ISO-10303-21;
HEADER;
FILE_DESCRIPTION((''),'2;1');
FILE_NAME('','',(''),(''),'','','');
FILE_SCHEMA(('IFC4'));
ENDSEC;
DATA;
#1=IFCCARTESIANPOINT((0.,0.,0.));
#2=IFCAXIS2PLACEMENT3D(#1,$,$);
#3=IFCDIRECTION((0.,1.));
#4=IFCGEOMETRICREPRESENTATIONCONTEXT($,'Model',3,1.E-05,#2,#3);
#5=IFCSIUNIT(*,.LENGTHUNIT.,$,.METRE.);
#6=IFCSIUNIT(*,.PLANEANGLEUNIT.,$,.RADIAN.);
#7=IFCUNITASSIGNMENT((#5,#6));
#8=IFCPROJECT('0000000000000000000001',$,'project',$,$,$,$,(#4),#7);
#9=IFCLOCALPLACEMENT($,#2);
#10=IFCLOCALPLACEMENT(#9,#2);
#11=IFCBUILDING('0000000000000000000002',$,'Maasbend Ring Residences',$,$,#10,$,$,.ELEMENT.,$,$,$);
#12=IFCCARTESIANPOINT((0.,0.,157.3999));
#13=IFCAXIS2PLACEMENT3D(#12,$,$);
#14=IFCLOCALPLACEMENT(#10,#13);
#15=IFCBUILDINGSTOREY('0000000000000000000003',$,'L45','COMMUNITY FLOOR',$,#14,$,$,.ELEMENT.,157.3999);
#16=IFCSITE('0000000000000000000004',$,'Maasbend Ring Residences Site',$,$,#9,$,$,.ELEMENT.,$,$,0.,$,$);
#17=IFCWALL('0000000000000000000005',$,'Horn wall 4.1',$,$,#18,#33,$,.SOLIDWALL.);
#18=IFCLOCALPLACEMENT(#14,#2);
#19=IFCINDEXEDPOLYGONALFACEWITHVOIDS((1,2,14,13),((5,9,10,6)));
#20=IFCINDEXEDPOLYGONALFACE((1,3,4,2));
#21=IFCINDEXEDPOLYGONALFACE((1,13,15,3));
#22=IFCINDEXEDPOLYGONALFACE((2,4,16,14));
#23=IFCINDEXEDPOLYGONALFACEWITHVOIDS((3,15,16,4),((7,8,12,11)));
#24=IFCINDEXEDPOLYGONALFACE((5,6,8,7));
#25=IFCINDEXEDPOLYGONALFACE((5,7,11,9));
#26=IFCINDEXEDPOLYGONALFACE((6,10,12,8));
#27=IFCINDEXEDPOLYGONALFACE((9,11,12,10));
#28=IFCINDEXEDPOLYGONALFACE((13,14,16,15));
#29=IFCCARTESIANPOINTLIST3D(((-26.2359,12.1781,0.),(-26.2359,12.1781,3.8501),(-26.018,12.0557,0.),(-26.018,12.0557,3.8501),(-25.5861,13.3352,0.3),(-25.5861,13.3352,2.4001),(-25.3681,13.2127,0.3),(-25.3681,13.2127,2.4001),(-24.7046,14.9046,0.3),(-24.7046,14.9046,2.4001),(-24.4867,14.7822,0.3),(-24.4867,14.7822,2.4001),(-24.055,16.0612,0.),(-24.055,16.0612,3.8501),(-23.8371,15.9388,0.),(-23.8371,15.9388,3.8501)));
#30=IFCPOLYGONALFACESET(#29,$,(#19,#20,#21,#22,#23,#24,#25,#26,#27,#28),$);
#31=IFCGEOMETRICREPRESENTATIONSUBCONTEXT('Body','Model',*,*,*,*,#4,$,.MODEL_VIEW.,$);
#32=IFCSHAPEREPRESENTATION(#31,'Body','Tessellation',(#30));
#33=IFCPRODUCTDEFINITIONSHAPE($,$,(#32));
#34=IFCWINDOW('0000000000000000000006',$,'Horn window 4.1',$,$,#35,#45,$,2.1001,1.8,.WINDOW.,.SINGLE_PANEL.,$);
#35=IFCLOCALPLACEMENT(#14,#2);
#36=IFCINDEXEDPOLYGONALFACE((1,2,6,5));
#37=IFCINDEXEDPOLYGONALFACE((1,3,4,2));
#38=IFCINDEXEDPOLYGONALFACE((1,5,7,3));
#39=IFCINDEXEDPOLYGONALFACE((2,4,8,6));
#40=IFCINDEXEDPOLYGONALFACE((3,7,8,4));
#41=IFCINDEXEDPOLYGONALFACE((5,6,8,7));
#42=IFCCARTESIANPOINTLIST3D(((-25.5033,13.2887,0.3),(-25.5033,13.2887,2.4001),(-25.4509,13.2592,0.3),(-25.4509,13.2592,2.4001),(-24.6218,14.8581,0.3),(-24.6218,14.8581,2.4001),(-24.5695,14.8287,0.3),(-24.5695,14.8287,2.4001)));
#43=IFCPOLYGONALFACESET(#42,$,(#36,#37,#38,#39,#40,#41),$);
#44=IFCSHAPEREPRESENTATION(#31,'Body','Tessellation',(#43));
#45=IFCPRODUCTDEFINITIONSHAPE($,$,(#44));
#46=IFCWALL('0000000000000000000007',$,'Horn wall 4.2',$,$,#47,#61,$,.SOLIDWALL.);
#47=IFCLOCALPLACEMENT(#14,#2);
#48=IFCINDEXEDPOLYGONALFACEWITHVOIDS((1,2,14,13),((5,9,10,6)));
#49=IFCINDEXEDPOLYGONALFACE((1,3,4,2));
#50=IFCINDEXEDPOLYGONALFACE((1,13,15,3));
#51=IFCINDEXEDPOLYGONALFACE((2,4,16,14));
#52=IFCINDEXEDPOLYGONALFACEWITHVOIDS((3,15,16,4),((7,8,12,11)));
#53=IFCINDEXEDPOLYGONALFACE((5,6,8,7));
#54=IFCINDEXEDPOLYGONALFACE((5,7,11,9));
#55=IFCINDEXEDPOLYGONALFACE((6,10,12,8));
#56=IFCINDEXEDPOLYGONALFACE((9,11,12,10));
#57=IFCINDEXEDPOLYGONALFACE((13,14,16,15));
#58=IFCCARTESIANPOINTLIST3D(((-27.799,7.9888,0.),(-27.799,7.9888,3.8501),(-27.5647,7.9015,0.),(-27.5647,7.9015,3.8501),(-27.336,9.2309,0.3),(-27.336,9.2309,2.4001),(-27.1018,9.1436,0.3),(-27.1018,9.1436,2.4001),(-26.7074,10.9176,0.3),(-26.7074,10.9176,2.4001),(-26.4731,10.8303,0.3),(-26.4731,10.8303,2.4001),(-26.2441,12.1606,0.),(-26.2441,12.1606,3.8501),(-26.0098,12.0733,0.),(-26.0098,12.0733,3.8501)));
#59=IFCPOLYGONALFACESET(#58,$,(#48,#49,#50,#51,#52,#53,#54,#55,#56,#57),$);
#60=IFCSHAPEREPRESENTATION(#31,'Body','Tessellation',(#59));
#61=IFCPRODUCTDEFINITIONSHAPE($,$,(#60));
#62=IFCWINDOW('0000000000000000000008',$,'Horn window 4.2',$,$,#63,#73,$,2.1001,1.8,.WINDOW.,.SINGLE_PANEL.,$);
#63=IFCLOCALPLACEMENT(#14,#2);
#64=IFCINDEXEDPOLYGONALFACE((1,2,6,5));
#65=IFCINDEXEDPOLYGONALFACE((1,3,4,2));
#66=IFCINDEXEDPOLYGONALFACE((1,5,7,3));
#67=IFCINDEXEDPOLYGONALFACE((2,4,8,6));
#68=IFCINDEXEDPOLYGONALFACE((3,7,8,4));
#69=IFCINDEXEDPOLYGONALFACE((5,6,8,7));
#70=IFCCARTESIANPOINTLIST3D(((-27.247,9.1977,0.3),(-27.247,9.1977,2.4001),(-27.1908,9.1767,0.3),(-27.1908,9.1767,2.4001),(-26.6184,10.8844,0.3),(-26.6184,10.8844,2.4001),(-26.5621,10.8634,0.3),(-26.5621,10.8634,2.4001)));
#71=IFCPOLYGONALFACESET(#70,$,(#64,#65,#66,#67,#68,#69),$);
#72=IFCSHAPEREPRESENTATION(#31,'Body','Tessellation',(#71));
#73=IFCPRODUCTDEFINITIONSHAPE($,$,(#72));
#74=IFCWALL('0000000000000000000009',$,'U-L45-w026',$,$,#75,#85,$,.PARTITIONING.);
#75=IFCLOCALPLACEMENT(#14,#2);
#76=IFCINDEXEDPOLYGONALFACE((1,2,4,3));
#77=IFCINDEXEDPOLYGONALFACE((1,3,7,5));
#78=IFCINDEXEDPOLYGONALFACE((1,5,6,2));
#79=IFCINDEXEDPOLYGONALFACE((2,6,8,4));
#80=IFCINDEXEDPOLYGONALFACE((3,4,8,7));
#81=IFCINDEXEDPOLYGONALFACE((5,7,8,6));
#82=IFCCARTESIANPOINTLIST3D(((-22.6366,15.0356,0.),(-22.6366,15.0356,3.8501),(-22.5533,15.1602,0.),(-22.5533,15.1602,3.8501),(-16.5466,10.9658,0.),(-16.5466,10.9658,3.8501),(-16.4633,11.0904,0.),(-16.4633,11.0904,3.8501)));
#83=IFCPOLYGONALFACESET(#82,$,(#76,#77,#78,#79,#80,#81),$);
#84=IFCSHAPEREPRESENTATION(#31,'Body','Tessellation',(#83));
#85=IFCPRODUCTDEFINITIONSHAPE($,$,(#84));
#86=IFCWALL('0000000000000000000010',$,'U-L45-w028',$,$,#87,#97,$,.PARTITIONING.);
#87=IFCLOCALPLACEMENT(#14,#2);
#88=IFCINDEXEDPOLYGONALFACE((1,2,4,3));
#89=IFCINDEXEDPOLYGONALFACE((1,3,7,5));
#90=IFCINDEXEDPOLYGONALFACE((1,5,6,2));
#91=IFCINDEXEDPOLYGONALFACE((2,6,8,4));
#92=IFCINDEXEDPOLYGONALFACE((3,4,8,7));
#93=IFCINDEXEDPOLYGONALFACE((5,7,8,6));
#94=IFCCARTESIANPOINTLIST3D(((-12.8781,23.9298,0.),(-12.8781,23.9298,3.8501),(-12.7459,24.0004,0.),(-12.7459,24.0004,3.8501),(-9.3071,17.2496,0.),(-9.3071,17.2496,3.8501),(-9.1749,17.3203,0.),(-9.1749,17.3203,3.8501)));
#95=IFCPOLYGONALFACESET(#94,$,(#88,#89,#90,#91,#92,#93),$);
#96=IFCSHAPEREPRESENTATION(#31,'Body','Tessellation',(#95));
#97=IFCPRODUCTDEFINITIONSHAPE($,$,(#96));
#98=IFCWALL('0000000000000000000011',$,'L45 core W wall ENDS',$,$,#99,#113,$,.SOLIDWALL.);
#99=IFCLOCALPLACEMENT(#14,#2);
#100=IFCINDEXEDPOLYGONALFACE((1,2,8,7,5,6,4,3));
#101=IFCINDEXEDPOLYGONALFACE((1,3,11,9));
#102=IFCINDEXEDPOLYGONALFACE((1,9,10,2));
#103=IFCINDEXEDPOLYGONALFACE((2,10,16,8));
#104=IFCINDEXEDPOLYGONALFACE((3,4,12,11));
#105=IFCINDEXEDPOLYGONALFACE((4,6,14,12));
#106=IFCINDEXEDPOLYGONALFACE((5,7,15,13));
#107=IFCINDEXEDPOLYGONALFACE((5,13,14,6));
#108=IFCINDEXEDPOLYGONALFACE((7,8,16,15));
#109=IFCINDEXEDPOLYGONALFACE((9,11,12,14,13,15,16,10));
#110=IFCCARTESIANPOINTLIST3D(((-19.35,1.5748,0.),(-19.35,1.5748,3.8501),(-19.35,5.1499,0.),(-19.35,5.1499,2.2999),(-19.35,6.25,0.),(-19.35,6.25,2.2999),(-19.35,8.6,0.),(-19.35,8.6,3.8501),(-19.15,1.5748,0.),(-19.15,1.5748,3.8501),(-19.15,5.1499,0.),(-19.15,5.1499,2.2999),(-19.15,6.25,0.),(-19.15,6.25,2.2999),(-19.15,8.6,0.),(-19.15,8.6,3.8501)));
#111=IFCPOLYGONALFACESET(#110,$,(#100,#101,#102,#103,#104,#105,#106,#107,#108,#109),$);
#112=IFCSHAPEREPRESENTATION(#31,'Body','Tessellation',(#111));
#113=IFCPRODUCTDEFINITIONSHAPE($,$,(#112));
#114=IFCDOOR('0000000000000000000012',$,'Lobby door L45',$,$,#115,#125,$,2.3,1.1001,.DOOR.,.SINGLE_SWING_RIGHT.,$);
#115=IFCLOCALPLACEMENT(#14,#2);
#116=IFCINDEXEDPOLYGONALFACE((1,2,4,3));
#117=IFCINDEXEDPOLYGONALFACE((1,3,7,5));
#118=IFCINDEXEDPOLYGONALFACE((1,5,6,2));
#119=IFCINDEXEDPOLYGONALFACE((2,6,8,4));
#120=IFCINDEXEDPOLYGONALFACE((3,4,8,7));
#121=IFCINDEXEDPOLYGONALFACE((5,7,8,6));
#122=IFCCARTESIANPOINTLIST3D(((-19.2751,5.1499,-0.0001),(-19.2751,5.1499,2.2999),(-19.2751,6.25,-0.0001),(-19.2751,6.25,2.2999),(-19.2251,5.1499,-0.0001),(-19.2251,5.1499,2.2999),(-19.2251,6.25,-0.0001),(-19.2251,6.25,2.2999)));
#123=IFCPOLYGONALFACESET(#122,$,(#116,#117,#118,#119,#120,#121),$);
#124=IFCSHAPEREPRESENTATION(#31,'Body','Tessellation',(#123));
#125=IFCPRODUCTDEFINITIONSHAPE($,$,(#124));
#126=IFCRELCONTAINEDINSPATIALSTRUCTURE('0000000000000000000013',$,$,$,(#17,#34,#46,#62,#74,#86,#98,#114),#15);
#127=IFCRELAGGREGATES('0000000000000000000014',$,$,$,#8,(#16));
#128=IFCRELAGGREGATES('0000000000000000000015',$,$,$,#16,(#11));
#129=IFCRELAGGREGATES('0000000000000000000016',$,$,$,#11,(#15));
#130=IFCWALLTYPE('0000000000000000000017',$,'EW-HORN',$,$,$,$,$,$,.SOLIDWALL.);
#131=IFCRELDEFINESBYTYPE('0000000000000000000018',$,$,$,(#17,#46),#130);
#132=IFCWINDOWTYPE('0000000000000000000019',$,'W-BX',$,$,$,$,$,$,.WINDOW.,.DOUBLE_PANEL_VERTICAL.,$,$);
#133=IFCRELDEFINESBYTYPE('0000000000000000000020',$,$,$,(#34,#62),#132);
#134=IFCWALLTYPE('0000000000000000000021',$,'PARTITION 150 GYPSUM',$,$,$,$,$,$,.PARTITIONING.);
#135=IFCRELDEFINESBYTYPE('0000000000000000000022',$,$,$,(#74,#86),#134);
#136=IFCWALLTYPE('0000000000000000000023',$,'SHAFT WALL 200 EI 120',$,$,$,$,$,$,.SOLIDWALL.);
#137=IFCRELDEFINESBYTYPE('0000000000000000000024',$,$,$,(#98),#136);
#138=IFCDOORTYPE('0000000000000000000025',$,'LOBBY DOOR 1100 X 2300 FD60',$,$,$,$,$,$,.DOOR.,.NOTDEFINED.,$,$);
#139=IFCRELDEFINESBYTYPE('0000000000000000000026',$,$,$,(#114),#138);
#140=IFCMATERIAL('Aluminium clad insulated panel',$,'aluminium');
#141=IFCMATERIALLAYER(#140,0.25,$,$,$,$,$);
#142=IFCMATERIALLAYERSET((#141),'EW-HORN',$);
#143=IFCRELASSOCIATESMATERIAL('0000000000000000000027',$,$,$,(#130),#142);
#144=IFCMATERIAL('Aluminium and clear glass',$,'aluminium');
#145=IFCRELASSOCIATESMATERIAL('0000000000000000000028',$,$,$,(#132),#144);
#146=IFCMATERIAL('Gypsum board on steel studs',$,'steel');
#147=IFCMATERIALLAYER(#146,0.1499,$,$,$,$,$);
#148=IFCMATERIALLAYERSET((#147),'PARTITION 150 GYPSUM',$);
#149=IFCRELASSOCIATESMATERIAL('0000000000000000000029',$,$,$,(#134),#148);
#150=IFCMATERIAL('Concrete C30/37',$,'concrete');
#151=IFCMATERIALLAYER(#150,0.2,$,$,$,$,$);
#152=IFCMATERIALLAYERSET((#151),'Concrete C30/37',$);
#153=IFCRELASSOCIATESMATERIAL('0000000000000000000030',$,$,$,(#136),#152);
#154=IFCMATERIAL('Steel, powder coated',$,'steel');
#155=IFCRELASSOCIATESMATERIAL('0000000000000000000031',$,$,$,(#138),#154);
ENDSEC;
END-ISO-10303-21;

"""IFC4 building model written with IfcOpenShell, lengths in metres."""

from ifc_helpers import new_model, si_unit, direction, frame, frame_2d, origin, place, context, subcontext, project, spatial, rectangle, extrude, material, layer, layer_set, type_object, element, fill, save


model = new_model("IFC4")

# Units and contexts
model_context = context("Model", 3, precision=1e-05, world=origin(), true_north=direction((0.0, 1.0)))
body_context = subcontext(model_context, "Body", "Model", "MODEL_VIEW")
ifc_project = project(units=[si_unit("LENGTHUNIT", "METRE"), si_unit("PLANEANGLEUNIT", "RADIAN")], contexts=[model_context])

# Site, building, storey
site_placement = place(None, origin())
site = spatial("IfcSite", under=ifc_project, at=site_placement, Name="Maasbend Ring Residences Site", CompositionType="ELEMENT", RefElevation=0.0)
building_placement = place(site_placement, origin())
building = spatial("IfcBuilding", under=site, at=building_placement, Name="Maasbend Ring Residences", CompositionType="ELEMENT")
storey_placement = place(building_placement, frame((0.0, 0.0, 157.3999)))
storey = spatial("IfcBuildingStorey", under=building, at=storey_placement, Name="L45", Description="COMMUNITY FLOOR", CompositionType="ELEMENT", Elevation=157.3999)

# Walls, openings, windows
ifc_material_1 = material(Name="Aluminium clad insulated panel", Category="aluminium")
ifc_layer_1 = layer(ifc_material_1, 0.25)
ifc_layer_set_1 = layer_set([ifc_layer_1], Name="EW-HORN")
wall_type_1 = type_object("IfcWallType", Name="EW-HORN", PredefinedType="SOLIDWALL", material=ifc_layer_set_1)
wall_1_placement = place(storey_placement, frame((-23.946, 16.0, 0.0), z_axis=(0.0, 0.0, 1.0), x_axis=(-0.489696, -0.871893, 0.0)))
wall_1 = element("IfcWall", 1, at=wall_1_placement, inside=storey, type_object=wall_type_1, Name="Horn wall 4.1", PredefinedType="SOLIDWALL", context=body_context, shape_type="SweptSolid", body=[
    extrude(rectangle(XDim=4.4536, YDim=0.25, at=frame_2d((2.2268, 0.0))), origin(), (0.0, 0.0, 1.0), 3.8501),
])
opening_1_placement = place(wall_1_placement, frame((1.3267, 0.0, 0.3)))
opening_1 = element("IfcOpeningElement", 2, at=opening_1_placement, cuts=wall_1, PredefinedType="OPENING", context=body_context, shape_type="SweptSolid", body=[
    extrude(rectangle(XDim=1.8, YDim=2.1001, at=frame_2d((0.8999, 1.05))), frame((0.0, 0.135, 0.0), z_axis=(0.0, -1.0, 0.0), x_axis=(1.0, 0.0, 0.0)), (0.0, 0.0, 1.0), 0.27),
])
ifc_material_2 = material(Name="Aluminium and clear glass", Category="aluminium")
window_type = type_object("IfcWindowType", Name="W-BX", PartitioningType="DOUBLE_PANEL_VERTICAL", PredefinedType="WINDOW", material=ifc_material_2)
window_1_placement = place(opening_1_placement, origin())
window_1 = element("IfcWindow", 3, at=window_1_placement, inside=storey, type_object=window_type, Name="Horn window 4.1", OverallHeight=2.1001, OverallWidth=1.8, PartitioningType="SINGLE_PANEL", PredefinedType="WINDOW", context=body_context, shape_type="SweptSolid", body=[
    extrude(rectangle(XDim=1.8, YDim=2.1001, at=frame_2d((0.8999, 1.05))), frame((0.0, 0.03, 0.0), z_axis=(0.0, -1.0, 0.0), x_axis=(1.0, 0.0, 0.0)), (0.0, 0.0, 1.0), 0.0601),
])
fill(opening_1, window_1)
wall_2_placement = place(storey_placement, frame((-26.127, 12.1169, 0.0), z_axis=(0.0, 0.0, 1.0), x_axis=(-0.349248, -0.93703, 0.0)))
wall_2 = element("IfcWall", 4, at=wall_2_placement, inside=storey, type_object=wall_type_1, Name="Horn wall 4.2", PredefinedType="SOLIDWALL", context=body_context, shape_type="SweptSolid", body=[
    extrude(rectangle(XDim=4.4521, YDim=0.25, at=frame_2d((2.2261, 0.0))), origin(), (0.0, 0.0, 1.0), 3.8501),
])
opening_2_placement = place(wall_2_placement, frame((1.3267, 0.0, 0.3)))
opening_2 = element("IfcOpeningElement", 5, at=opening_2_placement, cuts=wall_2, PredefinedType="OPENING", context=body_context, shape_type="SweptSolid", body=[
    extrude(rectangle(XDim=1.8, YDim=2.1001, at=frame_2d((0.8999, 1.05))), frame((0.0, 0.135, 0.0), z_axis=(0.0, -1.0, 0.0), x_axis=(1.0, 0.0, 0.0)), (0.0, 0.0, 1.0), 0.27),
])
window_2_placement = place(opening_2_placement, origin())
window_2 = element("IfcWindow", 6, at=window_2_placement, inside=storey, type_object=window_type, Name="Horn window 4.2", OverallHeight=2.1001, OverallWidth=1.8, PartitioningType="SINGLE_PANEL", PredefinedType="WINDOW", context=body_context, shape_type="SweptSolid", body=[
    extrude(rectangle(XDim=1.8, YDim=2.1001, at=frame_2d((0.8999, 1.05))), frame((0.0, 0.03, 0.0), z_axis=(0.0, -1.0, 0.0), x_axis=(1.0, 0.0, 0.0)), (0.0, 0.0, 1.0), 0.0601),
])
fill(opening_2, window_2)

# Walls
ifc_material_3 = material(Name="Gypsum board on steel studs", Category="steel")
ifc_layer_2 = layer(ifc_material_3, 0.1499)
ifc_layer_set_2 = layer_set([ifc_layer_2], Name="PARTITION 150 GYPSUM")
wall_type_2 = type_object("IfcWallType", Name="PARTITION 150 GYPSUM", PredefinedType="PARTITIONING", material=ifc_layer_set_2)
wall_3_placement = place(storey_placement, frame((-22.595, 15.0979, 0.0), z_axis=(0.0, 0.0, 1.0), x_axis=(0.831434, -0.555623, 0.0)))
element("IfcWall", 7, at=wall_3_placement, inside=storey, type_object=wall_type_2, Name="U-L45-w026", PredefinedType="PARTITIONING", context=body_context, shape_type="SweptSolid", body=[
    extrude(rectangle(XDim=7.3247, YDim=0.1499, at=frame_2d((3.6624, 0.0))), origin(), (0.0, 0.0, 1.0), 3.8501),
])
wall_4_placement = place(storey_placement, frame((-12.812, 23.9651, 0.0), z_axis=(0.0, 0.0, 1.0), x_axis=(0.47144, -0.881898, 0.0)))
element("IfcWall", 8, at=wall_4_placement, inside=storey, type_object=wall_type_2, Name="U-L45-w028", PredefinedType="PARTITIONING", context=body_context, shape_type="SweptSolid", body=[
    extrude(rectangle(XDim=7.5747, YDim=0.1499, at=frame_2d((3.7874, 0.0))), origin(), (0.0, 0.0, 1.0), 3.8501),
])

# Wall, opening, door
ifc_material_4 = material(Name="Concrete C30/37", Category="concrete")
ifc_layer_3 = layer(ifc_material_4, 0.2)
ifc_layer_set_3 = layer_set([ifc_layer_3], Name="Concrete C30/37")
wall_type_3 = type_object("IfcWallType", Name="SHAFT WALL 200 EI 120", PredefinedType="SOLIDWALL", material=ifc_layer_set_3)
wall_5_placement = place(storey_placement, frame((-19.25, 8.6001, 0.0), z_axis=(0.0, 0.0, 1.0), x_axis=(0.0, -1.0, 0.0)))
wall_5 = element("IfcWall", 9, at=wall_5_placement, inside=storey, type_object=wall_type_3, Name="L45 core W wall ENDS", PredefinedType="SOLIDWALL", context=body_context, shape_type="SweptSolid", body=[
    extrude(rectangle(XDim=7.0251, YDim=0.2, at=frame_2d((3.5127, 0.0))), origin(), (0.0, 0.0, 1.0), 3.8501),
])
opening_3_placement = place(wall_5_placement, frame((2.3501, 0.0, 0.0)))
opening_3 = element("IfcOpeningElement", 10, at=opening_3_placement, cuts=wall_5, PredefinedType="OPENING", context=body_context, shape_type="SweptSolid", body=[
    extrude(rectangle(XDim=1.1001, YDim=2.3, at=frame_2d((0.55, 1.1499))), frame((0.0, 0.1099, 0.0), z_axis=(0.0, -1.0, 0.0), x_axis=(1.0, 0.0, 0.0)), (0.0, 0.0, 1.0), 0.22),
])
ifc_material_5 = material(Name="Steel, powder coated", Category="steel")
door_type_1 = type_object("IfcDoorType", Name="LOBBY DOOR 1100 X 2300 FD60", OperationType="NOTDEFINED", PredefinedType="DOOR", material=ifc_material_5)
door_1_placement = place(opening_3_placement, origin())
door_1 = element("IfcDoor", 11, at=door_1_placement, inside=storey, type_object=door_type_1, Name="Lobby door L45", OperationType="SINGLE_SWING_RIGHT", OverallHeight=2.3, OverallWidth=1.1001, PredefinedType="DOOR", context=body_context, shape_type="SweptSolid", body=[
    extrude(rectangle(XDim=1.1001, YDim=2.3, at=frame_2d((0.55, 1.1499))), frame((0.0, 0.0249, 0.0), z_axis=(0.0, -1.0, 0.0), x_axis=(1.0, 0.0, 0.0)), (0.0, 0.0, 1.0), 0.05),
])
fill(opening_3, door_1)

save(model, "model.ifc")
